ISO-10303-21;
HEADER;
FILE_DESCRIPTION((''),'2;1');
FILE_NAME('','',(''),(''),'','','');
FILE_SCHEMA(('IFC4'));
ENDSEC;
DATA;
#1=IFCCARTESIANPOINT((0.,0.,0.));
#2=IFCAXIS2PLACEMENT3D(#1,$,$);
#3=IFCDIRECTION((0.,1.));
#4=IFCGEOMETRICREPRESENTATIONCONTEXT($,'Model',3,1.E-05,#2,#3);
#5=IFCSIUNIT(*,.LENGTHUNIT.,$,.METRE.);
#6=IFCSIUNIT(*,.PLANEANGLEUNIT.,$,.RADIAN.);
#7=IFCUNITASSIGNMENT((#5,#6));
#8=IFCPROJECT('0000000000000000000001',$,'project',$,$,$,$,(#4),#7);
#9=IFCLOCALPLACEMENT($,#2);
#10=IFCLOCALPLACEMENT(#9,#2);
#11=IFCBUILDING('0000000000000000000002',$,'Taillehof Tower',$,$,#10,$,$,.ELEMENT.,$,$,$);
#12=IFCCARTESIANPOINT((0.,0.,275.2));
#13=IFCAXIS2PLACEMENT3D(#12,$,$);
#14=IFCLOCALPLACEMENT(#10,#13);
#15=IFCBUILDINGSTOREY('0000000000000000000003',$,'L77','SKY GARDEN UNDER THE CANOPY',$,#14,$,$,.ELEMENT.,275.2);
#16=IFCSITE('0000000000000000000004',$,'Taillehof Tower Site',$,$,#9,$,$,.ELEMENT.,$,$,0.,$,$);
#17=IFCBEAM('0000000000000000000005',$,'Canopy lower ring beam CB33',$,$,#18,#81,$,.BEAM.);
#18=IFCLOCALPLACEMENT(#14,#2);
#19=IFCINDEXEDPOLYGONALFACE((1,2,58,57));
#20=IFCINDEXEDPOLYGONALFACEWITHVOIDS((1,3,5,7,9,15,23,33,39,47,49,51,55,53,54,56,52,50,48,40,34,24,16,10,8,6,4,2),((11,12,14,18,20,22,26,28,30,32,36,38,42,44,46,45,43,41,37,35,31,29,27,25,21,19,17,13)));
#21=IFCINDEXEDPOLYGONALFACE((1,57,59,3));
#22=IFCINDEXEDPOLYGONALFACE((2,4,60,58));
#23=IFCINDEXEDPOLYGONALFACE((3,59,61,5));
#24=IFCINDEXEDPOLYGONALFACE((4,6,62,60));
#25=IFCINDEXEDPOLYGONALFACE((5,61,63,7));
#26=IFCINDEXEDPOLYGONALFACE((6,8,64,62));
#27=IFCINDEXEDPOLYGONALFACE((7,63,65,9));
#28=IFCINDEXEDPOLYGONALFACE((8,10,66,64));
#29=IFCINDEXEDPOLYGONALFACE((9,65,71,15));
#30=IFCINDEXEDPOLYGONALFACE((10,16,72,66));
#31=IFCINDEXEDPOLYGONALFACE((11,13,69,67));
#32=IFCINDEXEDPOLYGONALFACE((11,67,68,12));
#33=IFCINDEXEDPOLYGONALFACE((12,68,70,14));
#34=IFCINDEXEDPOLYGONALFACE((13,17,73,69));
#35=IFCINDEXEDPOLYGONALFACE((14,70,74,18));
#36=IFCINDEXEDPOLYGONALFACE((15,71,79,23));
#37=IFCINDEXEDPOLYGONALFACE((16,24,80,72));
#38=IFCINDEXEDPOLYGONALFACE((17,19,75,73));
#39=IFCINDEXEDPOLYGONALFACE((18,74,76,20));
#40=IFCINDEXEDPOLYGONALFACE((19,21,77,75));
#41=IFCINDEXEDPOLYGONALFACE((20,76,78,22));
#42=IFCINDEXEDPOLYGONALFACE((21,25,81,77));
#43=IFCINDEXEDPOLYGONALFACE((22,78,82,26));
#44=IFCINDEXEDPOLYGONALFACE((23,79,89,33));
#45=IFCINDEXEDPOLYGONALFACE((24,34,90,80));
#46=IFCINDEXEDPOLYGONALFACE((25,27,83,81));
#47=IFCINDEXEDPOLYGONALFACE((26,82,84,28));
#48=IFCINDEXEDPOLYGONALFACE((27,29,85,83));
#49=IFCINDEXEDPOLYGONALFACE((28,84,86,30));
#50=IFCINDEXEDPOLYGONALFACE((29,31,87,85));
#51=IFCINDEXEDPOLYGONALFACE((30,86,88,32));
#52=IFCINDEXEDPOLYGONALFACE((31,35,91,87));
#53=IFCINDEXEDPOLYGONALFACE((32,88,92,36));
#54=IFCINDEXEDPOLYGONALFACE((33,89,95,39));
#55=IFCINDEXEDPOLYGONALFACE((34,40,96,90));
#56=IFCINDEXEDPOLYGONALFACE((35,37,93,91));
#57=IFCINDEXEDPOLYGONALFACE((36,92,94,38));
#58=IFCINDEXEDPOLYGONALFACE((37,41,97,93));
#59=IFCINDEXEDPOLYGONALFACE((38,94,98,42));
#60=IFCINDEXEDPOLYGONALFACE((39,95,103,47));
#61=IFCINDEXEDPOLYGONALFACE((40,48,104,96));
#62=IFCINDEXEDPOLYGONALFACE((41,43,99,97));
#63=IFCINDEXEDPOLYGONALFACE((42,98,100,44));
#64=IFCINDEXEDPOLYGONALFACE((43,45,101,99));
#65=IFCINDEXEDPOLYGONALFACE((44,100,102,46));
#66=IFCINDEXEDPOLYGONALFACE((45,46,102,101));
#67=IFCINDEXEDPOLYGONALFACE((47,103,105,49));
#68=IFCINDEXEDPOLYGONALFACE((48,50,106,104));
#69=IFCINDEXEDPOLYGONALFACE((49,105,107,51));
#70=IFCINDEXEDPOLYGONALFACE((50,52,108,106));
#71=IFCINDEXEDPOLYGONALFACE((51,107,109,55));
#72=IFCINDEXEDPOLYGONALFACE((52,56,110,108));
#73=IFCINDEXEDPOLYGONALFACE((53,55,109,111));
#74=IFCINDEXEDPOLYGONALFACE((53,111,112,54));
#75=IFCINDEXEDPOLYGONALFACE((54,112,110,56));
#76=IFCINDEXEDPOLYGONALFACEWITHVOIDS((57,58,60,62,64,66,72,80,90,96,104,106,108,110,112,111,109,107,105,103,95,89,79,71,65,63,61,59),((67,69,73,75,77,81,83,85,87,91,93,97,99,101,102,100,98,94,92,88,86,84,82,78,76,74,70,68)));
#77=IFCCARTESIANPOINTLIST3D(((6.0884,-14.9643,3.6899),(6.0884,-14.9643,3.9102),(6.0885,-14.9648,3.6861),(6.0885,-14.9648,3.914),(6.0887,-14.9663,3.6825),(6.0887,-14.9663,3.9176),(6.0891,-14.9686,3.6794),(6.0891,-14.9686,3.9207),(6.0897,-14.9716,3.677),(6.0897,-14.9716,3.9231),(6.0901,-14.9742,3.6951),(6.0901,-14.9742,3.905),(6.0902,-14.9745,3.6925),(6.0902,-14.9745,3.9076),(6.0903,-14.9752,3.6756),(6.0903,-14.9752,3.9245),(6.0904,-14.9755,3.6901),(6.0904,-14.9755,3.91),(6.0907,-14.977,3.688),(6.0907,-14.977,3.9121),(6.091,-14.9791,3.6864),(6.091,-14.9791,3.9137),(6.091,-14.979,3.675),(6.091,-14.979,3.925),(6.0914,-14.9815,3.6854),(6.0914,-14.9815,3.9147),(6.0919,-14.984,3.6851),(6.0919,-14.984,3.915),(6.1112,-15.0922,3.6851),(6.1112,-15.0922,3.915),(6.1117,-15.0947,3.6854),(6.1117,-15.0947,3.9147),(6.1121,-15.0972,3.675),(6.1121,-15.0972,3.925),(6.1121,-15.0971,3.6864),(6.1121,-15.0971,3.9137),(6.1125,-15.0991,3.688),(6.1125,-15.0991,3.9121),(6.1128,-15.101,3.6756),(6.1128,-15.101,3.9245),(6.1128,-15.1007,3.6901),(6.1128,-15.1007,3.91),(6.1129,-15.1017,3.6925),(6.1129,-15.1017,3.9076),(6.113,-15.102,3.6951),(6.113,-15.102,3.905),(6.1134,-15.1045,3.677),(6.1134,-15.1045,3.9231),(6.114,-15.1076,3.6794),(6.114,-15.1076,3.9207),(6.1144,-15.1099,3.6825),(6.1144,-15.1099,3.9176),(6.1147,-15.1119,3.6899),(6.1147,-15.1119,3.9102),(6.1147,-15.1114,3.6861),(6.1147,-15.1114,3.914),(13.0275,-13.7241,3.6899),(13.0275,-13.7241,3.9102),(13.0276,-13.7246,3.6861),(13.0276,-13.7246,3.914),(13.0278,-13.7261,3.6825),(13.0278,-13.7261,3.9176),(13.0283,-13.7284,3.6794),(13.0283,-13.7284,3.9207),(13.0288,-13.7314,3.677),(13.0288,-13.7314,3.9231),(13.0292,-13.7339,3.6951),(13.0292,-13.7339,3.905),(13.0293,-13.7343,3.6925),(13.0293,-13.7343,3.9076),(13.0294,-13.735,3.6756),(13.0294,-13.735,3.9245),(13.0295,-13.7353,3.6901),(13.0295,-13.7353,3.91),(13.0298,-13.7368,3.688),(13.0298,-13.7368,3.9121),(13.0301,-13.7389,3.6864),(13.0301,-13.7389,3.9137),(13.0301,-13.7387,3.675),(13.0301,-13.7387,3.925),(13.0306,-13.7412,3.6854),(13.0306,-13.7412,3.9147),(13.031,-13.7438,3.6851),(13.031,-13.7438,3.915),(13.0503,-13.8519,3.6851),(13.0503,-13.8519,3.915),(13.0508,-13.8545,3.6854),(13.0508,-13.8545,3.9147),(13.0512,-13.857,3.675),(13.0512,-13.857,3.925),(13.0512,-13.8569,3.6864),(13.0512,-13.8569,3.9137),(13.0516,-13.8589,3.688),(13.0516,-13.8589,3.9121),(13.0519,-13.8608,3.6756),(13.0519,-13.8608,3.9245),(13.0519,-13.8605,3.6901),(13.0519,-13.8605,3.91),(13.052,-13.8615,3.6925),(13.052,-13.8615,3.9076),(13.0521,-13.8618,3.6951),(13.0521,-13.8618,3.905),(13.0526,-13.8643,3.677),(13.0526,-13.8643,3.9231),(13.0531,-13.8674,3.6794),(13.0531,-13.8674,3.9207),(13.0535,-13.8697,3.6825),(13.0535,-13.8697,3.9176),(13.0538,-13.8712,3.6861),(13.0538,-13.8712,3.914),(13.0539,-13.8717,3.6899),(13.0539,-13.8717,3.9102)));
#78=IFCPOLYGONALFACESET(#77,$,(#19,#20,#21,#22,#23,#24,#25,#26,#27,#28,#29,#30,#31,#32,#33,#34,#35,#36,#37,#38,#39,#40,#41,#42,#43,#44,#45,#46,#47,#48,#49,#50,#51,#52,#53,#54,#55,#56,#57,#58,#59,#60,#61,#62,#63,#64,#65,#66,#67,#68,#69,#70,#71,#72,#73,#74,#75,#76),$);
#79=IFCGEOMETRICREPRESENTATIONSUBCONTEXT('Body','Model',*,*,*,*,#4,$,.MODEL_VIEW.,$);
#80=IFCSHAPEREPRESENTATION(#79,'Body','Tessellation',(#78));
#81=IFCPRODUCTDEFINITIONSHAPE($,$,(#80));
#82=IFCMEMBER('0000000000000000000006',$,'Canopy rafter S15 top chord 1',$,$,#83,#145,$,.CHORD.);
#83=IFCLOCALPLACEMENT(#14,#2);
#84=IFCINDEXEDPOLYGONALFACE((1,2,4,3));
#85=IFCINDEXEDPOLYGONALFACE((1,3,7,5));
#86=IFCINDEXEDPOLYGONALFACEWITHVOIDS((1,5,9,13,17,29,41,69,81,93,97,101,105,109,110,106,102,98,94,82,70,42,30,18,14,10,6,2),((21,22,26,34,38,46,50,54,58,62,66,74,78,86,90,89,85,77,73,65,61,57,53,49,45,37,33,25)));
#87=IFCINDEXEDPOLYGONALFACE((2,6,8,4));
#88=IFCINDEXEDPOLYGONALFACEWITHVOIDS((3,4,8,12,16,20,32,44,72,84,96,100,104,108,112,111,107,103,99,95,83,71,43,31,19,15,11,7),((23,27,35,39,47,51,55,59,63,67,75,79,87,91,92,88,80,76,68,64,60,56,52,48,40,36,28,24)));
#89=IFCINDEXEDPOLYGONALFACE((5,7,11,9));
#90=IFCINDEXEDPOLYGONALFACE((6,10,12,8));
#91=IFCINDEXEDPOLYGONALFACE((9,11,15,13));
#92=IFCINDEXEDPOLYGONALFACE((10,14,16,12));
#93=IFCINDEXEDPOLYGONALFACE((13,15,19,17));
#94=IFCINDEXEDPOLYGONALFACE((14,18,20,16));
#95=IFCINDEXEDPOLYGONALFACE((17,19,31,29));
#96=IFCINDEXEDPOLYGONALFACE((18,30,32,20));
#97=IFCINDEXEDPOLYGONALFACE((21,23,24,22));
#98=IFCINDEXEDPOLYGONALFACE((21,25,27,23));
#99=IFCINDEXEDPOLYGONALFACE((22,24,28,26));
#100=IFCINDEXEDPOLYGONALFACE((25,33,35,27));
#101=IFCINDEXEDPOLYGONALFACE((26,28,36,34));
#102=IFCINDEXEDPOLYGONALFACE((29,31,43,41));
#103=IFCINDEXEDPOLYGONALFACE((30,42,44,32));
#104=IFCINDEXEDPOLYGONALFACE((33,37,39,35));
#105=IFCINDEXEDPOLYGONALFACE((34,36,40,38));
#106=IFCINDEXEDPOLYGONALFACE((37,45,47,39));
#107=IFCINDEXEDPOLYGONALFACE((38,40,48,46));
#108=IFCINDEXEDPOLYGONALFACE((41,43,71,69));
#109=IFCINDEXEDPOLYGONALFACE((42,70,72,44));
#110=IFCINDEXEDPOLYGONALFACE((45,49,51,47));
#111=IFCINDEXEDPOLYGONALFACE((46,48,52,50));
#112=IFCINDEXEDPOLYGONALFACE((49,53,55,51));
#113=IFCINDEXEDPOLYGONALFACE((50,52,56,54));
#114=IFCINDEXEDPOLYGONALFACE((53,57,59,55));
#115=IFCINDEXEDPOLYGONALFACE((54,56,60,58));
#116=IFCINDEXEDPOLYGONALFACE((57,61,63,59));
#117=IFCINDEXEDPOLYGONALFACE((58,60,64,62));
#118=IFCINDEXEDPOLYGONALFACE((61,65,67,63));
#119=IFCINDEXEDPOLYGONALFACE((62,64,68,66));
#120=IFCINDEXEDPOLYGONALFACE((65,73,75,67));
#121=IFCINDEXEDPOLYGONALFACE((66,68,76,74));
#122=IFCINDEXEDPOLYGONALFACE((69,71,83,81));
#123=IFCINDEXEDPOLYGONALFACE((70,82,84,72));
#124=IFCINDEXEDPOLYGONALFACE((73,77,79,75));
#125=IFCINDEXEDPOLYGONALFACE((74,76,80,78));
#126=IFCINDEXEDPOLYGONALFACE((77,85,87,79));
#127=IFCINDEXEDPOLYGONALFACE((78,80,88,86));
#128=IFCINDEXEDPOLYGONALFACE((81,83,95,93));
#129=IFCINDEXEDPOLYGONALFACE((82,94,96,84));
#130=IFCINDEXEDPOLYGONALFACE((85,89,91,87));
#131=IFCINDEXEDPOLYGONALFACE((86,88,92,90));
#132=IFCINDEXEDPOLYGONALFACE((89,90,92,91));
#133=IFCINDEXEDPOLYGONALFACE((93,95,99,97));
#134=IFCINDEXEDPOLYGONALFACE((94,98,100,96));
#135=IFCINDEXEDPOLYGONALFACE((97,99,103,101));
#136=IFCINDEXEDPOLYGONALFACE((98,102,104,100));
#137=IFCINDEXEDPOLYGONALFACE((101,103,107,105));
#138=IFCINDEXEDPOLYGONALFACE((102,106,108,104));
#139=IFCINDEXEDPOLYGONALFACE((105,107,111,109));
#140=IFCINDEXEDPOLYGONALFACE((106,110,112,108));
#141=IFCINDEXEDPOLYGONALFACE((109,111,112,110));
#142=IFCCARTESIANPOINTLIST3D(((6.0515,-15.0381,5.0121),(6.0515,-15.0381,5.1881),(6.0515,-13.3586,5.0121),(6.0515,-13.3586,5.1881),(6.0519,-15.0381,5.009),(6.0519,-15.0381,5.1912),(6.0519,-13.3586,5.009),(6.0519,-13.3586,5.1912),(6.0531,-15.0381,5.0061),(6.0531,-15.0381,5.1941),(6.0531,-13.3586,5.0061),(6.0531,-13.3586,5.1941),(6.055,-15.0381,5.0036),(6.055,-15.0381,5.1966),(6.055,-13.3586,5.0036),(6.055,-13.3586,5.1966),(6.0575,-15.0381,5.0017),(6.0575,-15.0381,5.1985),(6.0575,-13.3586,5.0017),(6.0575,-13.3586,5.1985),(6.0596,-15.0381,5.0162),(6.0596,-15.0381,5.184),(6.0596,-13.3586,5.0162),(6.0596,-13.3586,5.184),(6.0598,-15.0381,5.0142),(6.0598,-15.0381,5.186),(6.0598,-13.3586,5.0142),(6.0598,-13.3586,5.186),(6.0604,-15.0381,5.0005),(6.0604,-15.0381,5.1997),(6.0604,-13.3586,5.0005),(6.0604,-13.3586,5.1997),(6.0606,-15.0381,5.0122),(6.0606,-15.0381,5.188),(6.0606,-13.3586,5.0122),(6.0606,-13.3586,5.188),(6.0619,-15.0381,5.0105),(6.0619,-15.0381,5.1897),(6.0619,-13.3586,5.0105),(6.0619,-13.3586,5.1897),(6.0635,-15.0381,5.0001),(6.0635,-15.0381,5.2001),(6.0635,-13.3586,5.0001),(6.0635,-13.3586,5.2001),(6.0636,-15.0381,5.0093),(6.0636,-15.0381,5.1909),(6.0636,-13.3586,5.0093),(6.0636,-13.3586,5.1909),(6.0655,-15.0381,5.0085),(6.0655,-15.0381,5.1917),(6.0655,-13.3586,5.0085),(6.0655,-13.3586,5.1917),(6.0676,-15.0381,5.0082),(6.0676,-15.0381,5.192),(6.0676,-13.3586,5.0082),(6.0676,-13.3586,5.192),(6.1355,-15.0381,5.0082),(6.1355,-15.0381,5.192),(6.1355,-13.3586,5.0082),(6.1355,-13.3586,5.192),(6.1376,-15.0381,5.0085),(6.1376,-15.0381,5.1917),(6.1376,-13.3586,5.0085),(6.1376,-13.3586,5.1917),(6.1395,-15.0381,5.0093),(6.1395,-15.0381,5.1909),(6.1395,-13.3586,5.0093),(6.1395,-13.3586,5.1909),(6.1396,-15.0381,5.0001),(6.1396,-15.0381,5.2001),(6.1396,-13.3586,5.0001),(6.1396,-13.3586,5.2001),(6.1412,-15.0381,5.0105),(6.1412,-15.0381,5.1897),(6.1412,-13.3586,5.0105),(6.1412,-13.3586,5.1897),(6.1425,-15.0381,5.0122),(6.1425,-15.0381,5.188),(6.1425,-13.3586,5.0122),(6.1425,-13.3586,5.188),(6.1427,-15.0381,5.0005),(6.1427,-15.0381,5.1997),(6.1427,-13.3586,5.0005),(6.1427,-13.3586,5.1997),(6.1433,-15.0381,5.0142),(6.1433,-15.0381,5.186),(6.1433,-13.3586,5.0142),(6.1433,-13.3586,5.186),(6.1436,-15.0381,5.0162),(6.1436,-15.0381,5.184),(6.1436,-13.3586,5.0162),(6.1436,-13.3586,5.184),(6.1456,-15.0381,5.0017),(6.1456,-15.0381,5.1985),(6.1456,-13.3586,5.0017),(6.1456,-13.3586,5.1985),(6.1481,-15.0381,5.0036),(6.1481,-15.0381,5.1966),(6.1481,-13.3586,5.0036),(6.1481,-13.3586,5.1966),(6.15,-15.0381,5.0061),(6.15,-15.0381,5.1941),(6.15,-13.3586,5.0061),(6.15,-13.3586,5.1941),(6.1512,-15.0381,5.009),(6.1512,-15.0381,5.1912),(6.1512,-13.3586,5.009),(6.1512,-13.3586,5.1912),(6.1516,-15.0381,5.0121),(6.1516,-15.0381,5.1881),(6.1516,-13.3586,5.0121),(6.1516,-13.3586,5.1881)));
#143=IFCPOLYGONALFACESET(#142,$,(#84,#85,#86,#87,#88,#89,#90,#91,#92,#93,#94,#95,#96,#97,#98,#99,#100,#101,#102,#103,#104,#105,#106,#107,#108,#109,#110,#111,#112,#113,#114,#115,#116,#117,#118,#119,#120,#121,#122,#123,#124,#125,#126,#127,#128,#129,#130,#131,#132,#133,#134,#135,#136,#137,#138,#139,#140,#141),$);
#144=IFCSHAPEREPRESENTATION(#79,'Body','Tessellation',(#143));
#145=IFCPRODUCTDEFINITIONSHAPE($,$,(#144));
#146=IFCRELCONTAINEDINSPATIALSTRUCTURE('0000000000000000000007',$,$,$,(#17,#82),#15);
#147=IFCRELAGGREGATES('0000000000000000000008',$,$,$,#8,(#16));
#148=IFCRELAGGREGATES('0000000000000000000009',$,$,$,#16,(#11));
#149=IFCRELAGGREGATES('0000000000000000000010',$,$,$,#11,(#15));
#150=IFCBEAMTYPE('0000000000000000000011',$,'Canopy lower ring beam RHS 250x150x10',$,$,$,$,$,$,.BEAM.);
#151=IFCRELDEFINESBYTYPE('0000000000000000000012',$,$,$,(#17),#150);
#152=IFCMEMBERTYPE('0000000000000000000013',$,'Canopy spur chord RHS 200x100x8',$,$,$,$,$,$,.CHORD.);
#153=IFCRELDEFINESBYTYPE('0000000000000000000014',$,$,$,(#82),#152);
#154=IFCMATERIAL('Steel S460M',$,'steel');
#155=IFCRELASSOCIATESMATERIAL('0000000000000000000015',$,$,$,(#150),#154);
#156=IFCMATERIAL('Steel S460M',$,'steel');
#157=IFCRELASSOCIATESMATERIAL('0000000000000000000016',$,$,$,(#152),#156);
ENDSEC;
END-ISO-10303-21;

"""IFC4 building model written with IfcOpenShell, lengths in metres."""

from ifc_helpers import new_model, si_unit, direction, frame, origin, origin_2d, place, context, subcontext, project, spatial, hollow_rectangle, extrude, material, material_profile, profile_set, type_object, element, save


model = new_model("IFC4")

# Units and contexts
model_context = context("Model", 3, precision=1e-05, world=origin(), true_north=direction((0.0, 1.0)))
body_context = subcontext(model_context, "Body", "Model", "MODEL_VIEW")
ifc_project = project(units=[si_unit("LENGTHUNIT", "METRE"), si_unit("PLANEANGLEUNIT", "RADIAN")], contexts=[model_context])

# Site, building, storey
site_placement = place(None, origin())
site = spatial("IfcSite", under=ifc_project, at=site_placement, Name="Taillehof Tower Site", CompositionType="ELEMENT", RefElevation=0.0)
building_placement = place(site_placement, origin())
building = spatial("IfcBuilding", under=site, at=building_placement, Name="Taillehof Tower", CompositionType="ELEMENT")
storey_placement = place(building_placement, frame((0.0, 0.0, 275.2)))
storey = spatial("IfcBuildingStorey", under=building, at=storey_placement, Name="L77", Description="SKY GARDEN UNDER THE CANOPY", CompositionType="ELEMENT", Elevation=275.2)

# Beam
ifc_material_1 = material(Name="Steel S460M", Category="steel")
ifc_material_profile_1 = material_profile(ifc_material_1, hollow_rectangle(XDim=0.1499, YDim=0.25, WallThickness=0.01, InnerFilletRadius=0.01, OuterFilletRadius=0.0149, at=origin_2d()), Name="RHS 250x150x10")
ifc_profile_set_1 = profile_set([ifc_material_profile_1], Name="Steel S460M")
beam_type_1 = type_object("IfcBeamType", Name="Canopy lower ring beam RHS 250x150x10", PredefinedType="BEAM", material=ifc_profile_set_1)
beam_1_placement = place(storey_placement, frame((6.1016, -15.0381, 3.8), z_axis=(0.984401, 0.17594, 0.0), x_axis=(-0.17594, 0.984401, 0.0)))
element("IfcBeam", 1, at=beam_1_placement, inside=storey, type_object=beam_type_1, Name="Canopy lower ring beam CB33", PredefinedType="BEAM", context=body_context, shape_type="SweptSolid", body=[
    extrude(hollow_rectangle(XDim=0.1499, YDim=0.25, WallThickness=0.01, InnerFilletRadius=0.01, OuterFilletRadius=0.0149, at=origin_2d()), origin(), (0.0, 0.0, 1.0), 7.0491),
])

# Member
ifc_material_2 = material(Name="Steel S460M", Category="steel")
ifc_material_profile_2 = material_profile(ifc_material_2, hollow_rectangle(XDim=0.1001, YDim=0.2, WallThickness=0.0081, InnerFilletRadius=0.0081, OuterFilletRadius=0.012, at=origin_2d()), Name="RHS 200x100x8")
ifc_profile_set_2 = profile_set([ifc_material_profile_2], Name="Steel S460M")
member_type_1 = type_object("IfcMemberType", Name="Canopy spur chord RHS 200x100x8", PredefinedType="CHORD", material=ifc_profile_set_2)
for number, where, z_axis, x_axis, name in (
    (2, (6.1016, -15.0381, 5.1001), (0.0, 1.0, 0.0), (-1.0, 0.0, 0.0), "Canopy rafter S15 top chord 1"),
):
    element("IfcMember", number, at=place(storey_placement, frame(where, z_axis=z_axis, x_axis=x_axis)), inside=storey, type_object=member_type_1, Name=name, PredefinedType="CHORD", context=body_context, shape_type="SweptSolid", body=[
        extrude(hollow_rectangle(XDim=0.1001, YDim=0.2, WallThickness=0.0081, InnerFilletRadius=0.0081, OuterFilletRadius=0.012, at=origin_2d()), origin(), (0.0, 0.0, 1.0), 1.6794),
    ])

save(model, "model.ifc")
